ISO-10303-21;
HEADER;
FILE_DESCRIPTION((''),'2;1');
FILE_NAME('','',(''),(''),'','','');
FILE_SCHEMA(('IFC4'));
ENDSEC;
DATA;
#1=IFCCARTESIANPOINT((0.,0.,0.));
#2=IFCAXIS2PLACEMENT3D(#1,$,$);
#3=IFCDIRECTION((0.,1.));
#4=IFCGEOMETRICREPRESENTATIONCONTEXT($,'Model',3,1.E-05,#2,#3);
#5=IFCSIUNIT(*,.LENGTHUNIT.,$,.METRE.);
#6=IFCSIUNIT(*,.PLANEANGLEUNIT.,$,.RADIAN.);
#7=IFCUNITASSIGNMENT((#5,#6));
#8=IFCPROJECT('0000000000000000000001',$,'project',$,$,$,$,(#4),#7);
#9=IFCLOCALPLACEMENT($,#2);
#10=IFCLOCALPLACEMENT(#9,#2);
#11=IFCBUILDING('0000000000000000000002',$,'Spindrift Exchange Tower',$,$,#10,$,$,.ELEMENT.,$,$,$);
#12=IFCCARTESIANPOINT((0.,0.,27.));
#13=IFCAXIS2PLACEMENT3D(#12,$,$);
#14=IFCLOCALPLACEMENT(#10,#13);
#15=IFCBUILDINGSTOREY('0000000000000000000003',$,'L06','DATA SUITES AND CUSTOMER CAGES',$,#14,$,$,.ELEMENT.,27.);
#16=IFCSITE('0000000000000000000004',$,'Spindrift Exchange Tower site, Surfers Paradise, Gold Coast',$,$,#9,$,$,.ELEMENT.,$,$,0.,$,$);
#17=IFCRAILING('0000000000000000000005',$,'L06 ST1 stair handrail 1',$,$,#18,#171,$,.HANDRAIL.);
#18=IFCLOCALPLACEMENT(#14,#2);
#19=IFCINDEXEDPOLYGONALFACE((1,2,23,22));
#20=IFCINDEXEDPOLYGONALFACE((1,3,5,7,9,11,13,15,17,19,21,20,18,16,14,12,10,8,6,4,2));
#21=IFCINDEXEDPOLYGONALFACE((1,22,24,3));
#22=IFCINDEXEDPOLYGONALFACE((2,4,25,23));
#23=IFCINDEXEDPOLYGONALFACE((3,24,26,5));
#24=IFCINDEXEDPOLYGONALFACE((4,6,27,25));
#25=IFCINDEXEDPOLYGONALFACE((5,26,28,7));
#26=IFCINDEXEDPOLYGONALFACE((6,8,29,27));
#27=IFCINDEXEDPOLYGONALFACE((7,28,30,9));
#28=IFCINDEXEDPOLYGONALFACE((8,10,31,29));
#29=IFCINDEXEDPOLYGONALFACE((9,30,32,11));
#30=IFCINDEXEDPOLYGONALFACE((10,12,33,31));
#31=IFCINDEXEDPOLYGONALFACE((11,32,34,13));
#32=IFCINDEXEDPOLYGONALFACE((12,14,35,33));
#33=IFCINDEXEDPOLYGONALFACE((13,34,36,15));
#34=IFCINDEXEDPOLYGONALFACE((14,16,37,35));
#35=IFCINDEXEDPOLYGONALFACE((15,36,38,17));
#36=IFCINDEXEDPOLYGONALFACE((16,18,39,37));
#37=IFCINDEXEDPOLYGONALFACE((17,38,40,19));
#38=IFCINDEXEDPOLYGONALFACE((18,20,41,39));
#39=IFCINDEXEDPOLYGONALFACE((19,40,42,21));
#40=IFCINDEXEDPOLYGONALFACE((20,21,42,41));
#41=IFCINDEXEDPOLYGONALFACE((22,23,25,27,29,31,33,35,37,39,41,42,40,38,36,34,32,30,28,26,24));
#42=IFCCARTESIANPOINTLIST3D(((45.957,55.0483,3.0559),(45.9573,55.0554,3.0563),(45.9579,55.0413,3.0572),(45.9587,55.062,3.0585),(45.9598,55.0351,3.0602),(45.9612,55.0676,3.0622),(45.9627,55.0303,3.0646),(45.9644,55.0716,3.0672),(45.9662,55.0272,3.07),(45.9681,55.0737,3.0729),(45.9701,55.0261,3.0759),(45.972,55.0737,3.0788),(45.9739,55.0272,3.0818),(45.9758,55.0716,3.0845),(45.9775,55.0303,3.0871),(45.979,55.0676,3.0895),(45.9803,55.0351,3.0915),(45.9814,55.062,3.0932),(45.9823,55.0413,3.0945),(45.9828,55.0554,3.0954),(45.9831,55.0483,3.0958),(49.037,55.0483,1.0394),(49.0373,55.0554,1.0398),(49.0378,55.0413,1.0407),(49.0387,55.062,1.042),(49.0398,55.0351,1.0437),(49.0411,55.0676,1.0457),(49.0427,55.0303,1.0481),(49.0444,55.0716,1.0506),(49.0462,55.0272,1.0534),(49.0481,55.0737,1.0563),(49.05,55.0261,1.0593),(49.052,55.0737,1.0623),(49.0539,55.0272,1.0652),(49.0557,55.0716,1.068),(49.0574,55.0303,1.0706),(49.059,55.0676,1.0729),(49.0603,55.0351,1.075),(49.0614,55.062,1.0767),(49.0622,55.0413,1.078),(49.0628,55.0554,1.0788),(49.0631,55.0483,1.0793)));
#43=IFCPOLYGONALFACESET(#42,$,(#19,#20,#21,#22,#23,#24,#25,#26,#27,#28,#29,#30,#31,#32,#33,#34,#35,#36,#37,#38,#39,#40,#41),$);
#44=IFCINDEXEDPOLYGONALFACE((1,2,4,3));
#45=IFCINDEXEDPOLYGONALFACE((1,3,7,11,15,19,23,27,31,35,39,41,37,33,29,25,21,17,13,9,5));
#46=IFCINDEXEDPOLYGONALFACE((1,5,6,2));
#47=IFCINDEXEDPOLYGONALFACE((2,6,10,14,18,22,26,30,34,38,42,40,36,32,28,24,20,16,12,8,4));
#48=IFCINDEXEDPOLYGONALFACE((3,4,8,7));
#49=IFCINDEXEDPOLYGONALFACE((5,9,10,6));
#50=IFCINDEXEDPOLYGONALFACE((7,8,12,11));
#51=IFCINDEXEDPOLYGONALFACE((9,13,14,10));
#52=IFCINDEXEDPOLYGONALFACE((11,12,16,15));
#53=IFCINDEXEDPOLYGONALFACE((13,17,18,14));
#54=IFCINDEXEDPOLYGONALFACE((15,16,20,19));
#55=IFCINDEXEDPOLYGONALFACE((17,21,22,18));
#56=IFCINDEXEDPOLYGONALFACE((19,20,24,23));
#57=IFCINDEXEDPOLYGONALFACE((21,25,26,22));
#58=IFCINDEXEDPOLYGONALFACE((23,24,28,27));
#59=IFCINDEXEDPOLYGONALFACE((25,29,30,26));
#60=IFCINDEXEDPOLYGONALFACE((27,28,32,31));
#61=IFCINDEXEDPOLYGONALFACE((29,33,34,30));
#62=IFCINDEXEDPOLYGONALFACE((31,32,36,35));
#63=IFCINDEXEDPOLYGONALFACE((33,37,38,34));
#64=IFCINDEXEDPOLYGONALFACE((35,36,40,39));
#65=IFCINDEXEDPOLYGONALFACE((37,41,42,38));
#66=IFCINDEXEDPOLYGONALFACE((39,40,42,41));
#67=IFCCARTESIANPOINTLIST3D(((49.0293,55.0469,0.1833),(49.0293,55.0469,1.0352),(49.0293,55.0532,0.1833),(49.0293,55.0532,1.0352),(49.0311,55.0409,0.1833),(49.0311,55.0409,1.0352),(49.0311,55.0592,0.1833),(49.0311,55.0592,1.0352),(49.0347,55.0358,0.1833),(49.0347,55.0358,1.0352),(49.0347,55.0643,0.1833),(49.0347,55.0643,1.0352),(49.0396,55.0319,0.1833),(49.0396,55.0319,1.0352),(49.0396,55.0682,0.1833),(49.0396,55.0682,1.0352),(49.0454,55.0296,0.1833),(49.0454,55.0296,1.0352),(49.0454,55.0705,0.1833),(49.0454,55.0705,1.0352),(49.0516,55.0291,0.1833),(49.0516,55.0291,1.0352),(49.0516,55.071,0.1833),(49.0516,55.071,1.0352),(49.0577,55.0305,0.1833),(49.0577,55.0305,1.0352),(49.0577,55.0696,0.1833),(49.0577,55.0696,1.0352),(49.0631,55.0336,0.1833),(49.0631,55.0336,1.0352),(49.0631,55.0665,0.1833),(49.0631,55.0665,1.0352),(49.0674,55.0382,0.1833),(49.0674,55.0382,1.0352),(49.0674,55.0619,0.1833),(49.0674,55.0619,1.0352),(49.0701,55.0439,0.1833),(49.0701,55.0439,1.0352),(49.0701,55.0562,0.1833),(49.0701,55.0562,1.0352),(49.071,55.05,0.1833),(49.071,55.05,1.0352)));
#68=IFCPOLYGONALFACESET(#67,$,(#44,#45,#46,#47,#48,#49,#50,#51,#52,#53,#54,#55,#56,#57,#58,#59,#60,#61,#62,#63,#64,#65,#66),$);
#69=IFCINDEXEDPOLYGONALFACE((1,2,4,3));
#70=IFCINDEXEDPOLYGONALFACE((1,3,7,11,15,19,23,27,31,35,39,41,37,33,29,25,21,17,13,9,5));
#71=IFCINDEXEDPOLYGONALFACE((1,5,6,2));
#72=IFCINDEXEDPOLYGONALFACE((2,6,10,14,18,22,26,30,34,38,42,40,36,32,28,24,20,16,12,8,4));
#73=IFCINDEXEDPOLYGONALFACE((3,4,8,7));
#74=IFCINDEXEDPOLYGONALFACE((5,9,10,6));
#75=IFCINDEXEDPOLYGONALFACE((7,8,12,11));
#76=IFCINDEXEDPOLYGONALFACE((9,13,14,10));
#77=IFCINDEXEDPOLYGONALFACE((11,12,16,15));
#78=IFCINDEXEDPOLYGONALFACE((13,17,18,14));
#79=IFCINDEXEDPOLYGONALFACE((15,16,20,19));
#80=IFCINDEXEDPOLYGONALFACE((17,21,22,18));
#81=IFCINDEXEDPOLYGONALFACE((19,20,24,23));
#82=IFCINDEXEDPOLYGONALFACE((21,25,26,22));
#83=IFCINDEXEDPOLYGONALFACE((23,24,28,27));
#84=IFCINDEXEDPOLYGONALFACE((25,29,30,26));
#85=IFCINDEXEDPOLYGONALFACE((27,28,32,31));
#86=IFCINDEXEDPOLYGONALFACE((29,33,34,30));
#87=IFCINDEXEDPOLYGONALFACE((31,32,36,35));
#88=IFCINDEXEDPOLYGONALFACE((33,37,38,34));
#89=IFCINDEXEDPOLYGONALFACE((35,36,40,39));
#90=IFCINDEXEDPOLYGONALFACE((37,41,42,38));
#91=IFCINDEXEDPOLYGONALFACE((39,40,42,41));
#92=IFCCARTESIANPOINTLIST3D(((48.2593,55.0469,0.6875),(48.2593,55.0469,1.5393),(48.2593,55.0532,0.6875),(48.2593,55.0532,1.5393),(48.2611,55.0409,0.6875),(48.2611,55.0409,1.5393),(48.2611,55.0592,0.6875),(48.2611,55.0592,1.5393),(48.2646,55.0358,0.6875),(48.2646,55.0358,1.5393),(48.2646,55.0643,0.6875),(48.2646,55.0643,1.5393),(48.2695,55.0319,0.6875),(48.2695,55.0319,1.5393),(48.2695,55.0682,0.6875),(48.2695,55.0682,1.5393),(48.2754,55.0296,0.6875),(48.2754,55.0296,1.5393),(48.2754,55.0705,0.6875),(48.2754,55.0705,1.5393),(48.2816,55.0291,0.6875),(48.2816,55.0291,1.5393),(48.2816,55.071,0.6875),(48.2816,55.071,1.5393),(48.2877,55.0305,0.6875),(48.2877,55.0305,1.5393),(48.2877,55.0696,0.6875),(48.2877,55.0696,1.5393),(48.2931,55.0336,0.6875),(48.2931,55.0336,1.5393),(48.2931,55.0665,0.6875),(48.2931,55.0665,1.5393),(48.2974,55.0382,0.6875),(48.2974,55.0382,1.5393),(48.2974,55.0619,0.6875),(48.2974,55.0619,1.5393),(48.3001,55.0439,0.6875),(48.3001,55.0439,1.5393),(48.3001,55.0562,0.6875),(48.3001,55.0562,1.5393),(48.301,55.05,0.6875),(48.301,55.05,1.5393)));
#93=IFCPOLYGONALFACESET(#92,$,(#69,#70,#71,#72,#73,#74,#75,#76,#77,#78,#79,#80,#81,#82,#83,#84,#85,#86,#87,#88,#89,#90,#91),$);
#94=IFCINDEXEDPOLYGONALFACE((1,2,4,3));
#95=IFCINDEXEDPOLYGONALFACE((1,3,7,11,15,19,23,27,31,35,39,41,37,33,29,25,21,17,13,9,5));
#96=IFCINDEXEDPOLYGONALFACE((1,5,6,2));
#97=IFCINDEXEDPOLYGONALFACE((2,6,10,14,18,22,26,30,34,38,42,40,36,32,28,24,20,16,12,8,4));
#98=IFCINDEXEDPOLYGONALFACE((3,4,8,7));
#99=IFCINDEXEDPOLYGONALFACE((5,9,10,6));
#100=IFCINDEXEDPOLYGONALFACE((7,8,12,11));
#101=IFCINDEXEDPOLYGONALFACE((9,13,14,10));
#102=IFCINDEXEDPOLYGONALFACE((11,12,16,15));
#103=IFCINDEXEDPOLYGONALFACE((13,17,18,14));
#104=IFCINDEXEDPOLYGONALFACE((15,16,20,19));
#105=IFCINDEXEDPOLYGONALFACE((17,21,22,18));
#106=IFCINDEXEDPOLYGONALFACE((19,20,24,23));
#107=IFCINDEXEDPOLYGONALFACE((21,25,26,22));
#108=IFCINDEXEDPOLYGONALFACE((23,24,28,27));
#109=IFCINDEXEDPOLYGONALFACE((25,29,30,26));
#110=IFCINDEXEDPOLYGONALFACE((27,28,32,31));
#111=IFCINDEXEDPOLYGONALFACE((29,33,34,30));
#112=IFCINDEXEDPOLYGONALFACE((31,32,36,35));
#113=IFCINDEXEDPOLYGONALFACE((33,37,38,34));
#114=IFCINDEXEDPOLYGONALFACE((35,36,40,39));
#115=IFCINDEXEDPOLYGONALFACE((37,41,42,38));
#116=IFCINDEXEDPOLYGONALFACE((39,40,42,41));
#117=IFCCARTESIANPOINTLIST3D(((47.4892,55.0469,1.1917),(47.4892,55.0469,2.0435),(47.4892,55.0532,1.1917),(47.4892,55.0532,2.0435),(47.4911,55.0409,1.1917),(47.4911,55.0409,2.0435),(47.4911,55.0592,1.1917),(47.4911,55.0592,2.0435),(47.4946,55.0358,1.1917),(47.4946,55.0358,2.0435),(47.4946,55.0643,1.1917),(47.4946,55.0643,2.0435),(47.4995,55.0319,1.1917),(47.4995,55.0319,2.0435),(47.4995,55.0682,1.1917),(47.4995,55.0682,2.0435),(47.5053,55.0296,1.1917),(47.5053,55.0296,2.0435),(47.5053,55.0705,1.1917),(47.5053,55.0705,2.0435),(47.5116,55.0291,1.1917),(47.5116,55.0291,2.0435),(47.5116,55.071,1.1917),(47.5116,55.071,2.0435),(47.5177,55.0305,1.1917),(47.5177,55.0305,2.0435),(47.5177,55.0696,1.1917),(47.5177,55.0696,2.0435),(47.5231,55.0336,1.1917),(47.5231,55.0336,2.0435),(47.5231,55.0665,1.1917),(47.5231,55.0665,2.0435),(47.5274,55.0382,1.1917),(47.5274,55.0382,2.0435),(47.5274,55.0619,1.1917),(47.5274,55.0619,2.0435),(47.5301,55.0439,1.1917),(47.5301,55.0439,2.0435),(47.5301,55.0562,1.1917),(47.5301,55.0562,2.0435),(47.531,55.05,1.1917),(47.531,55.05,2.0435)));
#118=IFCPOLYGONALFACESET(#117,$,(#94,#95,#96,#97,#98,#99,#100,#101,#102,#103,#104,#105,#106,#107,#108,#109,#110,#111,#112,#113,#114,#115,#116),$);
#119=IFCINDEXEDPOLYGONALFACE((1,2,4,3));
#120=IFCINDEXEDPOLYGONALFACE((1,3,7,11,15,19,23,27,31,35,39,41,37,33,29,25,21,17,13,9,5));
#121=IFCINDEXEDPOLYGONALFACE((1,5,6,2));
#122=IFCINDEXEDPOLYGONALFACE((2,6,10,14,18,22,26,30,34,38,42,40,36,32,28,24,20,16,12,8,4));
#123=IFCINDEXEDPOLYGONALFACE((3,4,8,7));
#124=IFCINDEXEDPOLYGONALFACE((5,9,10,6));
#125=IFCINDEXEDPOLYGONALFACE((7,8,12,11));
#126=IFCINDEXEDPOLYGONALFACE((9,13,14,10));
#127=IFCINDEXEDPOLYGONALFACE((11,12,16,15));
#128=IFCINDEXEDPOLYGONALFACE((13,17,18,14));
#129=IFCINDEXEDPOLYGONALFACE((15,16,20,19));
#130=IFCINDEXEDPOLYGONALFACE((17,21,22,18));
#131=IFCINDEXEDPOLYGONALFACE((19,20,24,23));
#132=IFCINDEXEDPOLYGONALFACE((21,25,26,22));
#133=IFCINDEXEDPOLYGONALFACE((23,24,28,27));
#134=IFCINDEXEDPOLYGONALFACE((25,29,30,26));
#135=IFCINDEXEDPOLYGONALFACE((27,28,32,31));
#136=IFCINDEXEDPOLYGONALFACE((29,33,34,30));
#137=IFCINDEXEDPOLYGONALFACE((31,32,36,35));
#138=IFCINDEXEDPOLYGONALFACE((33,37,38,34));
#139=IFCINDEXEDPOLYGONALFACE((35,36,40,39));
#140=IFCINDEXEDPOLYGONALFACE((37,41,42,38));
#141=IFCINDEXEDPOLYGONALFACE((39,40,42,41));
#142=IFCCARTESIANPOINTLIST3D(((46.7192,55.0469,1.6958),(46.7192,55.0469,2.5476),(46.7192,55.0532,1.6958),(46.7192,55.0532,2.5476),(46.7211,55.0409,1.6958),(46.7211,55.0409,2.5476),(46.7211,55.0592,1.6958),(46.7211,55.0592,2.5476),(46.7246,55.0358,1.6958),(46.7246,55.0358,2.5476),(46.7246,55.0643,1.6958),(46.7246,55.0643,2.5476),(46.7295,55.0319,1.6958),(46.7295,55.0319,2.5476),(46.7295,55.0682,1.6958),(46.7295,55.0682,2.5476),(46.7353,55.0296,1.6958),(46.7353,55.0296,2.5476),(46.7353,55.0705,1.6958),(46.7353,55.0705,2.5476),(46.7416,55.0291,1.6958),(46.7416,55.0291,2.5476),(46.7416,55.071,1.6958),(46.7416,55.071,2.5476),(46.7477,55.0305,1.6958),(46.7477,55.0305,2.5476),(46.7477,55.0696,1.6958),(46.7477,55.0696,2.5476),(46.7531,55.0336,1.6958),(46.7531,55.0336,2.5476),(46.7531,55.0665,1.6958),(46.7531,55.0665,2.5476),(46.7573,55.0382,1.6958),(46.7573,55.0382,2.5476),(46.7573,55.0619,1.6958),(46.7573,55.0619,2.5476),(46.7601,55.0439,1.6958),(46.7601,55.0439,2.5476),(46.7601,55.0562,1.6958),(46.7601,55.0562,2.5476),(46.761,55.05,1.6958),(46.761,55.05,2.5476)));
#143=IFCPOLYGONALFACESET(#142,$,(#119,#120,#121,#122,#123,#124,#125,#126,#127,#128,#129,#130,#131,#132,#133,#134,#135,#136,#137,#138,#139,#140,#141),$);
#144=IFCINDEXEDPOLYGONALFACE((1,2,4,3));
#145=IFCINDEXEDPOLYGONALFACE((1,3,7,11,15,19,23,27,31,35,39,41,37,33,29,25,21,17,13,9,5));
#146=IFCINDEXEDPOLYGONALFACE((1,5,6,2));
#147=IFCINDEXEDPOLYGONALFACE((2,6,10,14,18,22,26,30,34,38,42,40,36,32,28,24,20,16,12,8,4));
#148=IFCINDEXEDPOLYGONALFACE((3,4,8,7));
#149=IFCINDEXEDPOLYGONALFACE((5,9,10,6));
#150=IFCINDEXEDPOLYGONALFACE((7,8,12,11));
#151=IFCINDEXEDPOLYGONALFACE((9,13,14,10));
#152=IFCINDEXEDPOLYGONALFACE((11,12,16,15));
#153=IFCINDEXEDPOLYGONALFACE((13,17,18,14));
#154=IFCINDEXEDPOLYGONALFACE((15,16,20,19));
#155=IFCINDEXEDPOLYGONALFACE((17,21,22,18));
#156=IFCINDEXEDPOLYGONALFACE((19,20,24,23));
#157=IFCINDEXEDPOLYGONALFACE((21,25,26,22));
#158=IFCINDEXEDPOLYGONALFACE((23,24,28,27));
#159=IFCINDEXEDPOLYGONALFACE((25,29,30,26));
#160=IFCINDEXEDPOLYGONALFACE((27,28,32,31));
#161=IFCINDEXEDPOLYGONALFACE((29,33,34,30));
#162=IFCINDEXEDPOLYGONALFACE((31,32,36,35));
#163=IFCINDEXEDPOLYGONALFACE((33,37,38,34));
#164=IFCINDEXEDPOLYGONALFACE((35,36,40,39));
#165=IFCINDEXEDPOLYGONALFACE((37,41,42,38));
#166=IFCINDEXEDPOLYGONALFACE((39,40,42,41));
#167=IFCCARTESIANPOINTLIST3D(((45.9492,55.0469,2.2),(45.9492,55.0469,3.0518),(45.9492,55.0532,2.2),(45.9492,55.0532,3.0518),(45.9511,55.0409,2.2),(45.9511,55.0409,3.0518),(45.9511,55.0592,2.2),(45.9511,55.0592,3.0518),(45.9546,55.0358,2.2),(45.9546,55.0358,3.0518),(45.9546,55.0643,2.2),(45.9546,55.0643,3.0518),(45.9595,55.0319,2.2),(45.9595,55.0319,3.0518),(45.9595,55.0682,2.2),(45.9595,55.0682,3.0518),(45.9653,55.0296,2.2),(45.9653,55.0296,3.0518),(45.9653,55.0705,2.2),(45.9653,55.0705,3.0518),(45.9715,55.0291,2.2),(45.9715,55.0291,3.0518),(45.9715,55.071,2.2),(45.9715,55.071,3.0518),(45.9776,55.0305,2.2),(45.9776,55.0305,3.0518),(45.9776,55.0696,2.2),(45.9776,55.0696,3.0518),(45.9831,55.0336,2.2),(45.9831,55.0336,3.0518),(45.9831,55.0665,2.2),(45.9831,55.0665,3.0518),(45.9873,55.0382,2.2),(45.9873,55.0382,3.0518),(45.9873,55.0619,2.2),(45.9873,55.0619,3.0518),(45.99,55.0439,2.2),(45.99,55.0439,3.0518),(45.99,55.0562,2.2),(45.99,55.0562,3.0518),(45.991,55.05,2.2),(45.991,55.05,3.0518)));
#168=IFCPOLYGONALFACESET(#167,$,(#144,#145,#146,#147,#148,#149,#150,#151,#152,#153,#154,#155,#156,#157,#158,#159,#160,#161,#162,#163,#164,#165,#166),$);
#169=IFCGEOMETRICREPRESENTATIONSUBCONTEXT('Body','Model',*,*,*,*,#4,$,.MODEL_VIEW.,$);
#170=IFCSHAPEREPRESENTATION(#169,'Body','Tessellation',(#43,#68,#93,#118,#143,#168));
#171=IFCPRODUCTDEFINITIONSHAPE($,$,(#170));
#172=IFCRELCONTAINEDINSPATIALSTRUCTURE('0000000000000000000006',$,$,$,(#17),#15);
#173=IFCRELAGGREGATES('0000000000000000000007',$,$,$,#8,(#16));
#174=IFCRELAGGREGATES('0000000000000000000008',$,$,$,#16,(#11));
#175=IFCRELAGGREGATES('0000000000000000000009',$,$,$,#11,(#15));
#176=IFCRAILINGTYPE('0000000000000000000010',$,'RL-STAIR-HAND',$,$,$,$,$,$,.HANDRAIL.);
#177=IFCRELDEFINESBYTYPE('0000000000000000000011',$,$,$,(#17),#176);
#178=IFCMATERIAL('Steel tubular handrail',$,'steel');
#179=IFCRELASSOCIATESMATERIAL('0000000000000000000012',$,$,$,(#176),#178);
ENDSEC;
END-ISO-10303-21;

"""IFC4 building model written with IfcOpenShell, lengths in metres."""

from ifc_helpers import new_model, si_unit, direction, frame, origin, origin_2d, place, context, subcontext, project, spatial, circle, extrude, material, type_object, element, save


model = new_model("IFC4")

# Units and contexts
model_context = context("Model", 3, precision=1e-05, world=origin(), true_north=direction((0.0, 1.0)))
body_context = subcontext(model_context, "Body", "Model", "MODEL_VIEW")
ifc_project = project(units=[si_unit("LENGTHUNIT", "METRE"), si_unit("PLANEANGLEUNIT", "RADIAN")], contexts=[model_context])

# Site, building, storey
site_placement = place(None, origin())
site = spatial("IfcSite", under=ifc_project, at=site_placement, Name="Spindrift Exchange Tower site, Surfers Paradise, Gold Coast", CompositionType="ELEMENT", RefElevation=0.0)
building_placement = place(site_placement, origin())
building = spatial("IfcBuilding", under=site, at=building_placement, Name="Spindrift Exchange Tower", CompositionType="ELEMENT")
storey_placement = place(building_placement, frame((0.0, 0.0, 27.0)))
storey = spatial("IfcBuildingStorey", under=building, at=storey_placement, Name="L06", Description="DATA SUITES AND CUSTOMER CAGES", CompositionType="ELEMENT", Elevation=27.0)

# Railing
ifc_material_1 = material(Name="Steel tubular handrail", Category="steel")
railing_type_1 = type_object("IfcRailingType", Name="RL-STAIR-HAND", PredefinedType="HANDRAIL", material=ifc_material_1)
railing_1_placement = place(storey_placement, frame((49.05, 55.05, 0.1833)))
element("IfcRailing", 1, at=railing_1_placement, inside=storey, type_object=railing_type_1, Name="L06 ST1 stair handrail 1", PredefinedType="HANDRAIL", context=body_context, shape_type="SweptSolid", body=[
    extrude(circle(Radius=0.0239, at=origin_2d()), frame((0.0, 0.0, 0.876), z_axis=(-0.836633, 0.0, 0.547764), x_axis=(0.0, -1.0, 0.0)), (0.0, 0.0, 1.0), 3.6814),
    extrude(circle(Radius=0.021, at=origin_2d()), origin(), (0.0, 0.0, 1.0), 0.8518),
    extrude(circle(Radius=0.021, at=origin_2d()), frame((-0.77, 0.0, 0.5042)), (0.0, 0.0, 1.0), 0.8518),
    extrude(circle(Radius=0.021, at=origin_2d()), frame((-1.54, 0.0, 1.0083)), (0.0, 0.0, 1.0), 0.8518),
    extrude(circle(Radius=0.021, at=origin_2d()), frame((-2.3101, 0.0, 1.5125)), (0.0, 0.0, 1.0), 0.8518),
    extrude(circle(Radius=0.021, at=origin_2d()), frame((-3.0801, 0.0, 2.0166)), (0.0, 0.0, 1.0), 0.8518),
])

save(model, "model.ifc")
